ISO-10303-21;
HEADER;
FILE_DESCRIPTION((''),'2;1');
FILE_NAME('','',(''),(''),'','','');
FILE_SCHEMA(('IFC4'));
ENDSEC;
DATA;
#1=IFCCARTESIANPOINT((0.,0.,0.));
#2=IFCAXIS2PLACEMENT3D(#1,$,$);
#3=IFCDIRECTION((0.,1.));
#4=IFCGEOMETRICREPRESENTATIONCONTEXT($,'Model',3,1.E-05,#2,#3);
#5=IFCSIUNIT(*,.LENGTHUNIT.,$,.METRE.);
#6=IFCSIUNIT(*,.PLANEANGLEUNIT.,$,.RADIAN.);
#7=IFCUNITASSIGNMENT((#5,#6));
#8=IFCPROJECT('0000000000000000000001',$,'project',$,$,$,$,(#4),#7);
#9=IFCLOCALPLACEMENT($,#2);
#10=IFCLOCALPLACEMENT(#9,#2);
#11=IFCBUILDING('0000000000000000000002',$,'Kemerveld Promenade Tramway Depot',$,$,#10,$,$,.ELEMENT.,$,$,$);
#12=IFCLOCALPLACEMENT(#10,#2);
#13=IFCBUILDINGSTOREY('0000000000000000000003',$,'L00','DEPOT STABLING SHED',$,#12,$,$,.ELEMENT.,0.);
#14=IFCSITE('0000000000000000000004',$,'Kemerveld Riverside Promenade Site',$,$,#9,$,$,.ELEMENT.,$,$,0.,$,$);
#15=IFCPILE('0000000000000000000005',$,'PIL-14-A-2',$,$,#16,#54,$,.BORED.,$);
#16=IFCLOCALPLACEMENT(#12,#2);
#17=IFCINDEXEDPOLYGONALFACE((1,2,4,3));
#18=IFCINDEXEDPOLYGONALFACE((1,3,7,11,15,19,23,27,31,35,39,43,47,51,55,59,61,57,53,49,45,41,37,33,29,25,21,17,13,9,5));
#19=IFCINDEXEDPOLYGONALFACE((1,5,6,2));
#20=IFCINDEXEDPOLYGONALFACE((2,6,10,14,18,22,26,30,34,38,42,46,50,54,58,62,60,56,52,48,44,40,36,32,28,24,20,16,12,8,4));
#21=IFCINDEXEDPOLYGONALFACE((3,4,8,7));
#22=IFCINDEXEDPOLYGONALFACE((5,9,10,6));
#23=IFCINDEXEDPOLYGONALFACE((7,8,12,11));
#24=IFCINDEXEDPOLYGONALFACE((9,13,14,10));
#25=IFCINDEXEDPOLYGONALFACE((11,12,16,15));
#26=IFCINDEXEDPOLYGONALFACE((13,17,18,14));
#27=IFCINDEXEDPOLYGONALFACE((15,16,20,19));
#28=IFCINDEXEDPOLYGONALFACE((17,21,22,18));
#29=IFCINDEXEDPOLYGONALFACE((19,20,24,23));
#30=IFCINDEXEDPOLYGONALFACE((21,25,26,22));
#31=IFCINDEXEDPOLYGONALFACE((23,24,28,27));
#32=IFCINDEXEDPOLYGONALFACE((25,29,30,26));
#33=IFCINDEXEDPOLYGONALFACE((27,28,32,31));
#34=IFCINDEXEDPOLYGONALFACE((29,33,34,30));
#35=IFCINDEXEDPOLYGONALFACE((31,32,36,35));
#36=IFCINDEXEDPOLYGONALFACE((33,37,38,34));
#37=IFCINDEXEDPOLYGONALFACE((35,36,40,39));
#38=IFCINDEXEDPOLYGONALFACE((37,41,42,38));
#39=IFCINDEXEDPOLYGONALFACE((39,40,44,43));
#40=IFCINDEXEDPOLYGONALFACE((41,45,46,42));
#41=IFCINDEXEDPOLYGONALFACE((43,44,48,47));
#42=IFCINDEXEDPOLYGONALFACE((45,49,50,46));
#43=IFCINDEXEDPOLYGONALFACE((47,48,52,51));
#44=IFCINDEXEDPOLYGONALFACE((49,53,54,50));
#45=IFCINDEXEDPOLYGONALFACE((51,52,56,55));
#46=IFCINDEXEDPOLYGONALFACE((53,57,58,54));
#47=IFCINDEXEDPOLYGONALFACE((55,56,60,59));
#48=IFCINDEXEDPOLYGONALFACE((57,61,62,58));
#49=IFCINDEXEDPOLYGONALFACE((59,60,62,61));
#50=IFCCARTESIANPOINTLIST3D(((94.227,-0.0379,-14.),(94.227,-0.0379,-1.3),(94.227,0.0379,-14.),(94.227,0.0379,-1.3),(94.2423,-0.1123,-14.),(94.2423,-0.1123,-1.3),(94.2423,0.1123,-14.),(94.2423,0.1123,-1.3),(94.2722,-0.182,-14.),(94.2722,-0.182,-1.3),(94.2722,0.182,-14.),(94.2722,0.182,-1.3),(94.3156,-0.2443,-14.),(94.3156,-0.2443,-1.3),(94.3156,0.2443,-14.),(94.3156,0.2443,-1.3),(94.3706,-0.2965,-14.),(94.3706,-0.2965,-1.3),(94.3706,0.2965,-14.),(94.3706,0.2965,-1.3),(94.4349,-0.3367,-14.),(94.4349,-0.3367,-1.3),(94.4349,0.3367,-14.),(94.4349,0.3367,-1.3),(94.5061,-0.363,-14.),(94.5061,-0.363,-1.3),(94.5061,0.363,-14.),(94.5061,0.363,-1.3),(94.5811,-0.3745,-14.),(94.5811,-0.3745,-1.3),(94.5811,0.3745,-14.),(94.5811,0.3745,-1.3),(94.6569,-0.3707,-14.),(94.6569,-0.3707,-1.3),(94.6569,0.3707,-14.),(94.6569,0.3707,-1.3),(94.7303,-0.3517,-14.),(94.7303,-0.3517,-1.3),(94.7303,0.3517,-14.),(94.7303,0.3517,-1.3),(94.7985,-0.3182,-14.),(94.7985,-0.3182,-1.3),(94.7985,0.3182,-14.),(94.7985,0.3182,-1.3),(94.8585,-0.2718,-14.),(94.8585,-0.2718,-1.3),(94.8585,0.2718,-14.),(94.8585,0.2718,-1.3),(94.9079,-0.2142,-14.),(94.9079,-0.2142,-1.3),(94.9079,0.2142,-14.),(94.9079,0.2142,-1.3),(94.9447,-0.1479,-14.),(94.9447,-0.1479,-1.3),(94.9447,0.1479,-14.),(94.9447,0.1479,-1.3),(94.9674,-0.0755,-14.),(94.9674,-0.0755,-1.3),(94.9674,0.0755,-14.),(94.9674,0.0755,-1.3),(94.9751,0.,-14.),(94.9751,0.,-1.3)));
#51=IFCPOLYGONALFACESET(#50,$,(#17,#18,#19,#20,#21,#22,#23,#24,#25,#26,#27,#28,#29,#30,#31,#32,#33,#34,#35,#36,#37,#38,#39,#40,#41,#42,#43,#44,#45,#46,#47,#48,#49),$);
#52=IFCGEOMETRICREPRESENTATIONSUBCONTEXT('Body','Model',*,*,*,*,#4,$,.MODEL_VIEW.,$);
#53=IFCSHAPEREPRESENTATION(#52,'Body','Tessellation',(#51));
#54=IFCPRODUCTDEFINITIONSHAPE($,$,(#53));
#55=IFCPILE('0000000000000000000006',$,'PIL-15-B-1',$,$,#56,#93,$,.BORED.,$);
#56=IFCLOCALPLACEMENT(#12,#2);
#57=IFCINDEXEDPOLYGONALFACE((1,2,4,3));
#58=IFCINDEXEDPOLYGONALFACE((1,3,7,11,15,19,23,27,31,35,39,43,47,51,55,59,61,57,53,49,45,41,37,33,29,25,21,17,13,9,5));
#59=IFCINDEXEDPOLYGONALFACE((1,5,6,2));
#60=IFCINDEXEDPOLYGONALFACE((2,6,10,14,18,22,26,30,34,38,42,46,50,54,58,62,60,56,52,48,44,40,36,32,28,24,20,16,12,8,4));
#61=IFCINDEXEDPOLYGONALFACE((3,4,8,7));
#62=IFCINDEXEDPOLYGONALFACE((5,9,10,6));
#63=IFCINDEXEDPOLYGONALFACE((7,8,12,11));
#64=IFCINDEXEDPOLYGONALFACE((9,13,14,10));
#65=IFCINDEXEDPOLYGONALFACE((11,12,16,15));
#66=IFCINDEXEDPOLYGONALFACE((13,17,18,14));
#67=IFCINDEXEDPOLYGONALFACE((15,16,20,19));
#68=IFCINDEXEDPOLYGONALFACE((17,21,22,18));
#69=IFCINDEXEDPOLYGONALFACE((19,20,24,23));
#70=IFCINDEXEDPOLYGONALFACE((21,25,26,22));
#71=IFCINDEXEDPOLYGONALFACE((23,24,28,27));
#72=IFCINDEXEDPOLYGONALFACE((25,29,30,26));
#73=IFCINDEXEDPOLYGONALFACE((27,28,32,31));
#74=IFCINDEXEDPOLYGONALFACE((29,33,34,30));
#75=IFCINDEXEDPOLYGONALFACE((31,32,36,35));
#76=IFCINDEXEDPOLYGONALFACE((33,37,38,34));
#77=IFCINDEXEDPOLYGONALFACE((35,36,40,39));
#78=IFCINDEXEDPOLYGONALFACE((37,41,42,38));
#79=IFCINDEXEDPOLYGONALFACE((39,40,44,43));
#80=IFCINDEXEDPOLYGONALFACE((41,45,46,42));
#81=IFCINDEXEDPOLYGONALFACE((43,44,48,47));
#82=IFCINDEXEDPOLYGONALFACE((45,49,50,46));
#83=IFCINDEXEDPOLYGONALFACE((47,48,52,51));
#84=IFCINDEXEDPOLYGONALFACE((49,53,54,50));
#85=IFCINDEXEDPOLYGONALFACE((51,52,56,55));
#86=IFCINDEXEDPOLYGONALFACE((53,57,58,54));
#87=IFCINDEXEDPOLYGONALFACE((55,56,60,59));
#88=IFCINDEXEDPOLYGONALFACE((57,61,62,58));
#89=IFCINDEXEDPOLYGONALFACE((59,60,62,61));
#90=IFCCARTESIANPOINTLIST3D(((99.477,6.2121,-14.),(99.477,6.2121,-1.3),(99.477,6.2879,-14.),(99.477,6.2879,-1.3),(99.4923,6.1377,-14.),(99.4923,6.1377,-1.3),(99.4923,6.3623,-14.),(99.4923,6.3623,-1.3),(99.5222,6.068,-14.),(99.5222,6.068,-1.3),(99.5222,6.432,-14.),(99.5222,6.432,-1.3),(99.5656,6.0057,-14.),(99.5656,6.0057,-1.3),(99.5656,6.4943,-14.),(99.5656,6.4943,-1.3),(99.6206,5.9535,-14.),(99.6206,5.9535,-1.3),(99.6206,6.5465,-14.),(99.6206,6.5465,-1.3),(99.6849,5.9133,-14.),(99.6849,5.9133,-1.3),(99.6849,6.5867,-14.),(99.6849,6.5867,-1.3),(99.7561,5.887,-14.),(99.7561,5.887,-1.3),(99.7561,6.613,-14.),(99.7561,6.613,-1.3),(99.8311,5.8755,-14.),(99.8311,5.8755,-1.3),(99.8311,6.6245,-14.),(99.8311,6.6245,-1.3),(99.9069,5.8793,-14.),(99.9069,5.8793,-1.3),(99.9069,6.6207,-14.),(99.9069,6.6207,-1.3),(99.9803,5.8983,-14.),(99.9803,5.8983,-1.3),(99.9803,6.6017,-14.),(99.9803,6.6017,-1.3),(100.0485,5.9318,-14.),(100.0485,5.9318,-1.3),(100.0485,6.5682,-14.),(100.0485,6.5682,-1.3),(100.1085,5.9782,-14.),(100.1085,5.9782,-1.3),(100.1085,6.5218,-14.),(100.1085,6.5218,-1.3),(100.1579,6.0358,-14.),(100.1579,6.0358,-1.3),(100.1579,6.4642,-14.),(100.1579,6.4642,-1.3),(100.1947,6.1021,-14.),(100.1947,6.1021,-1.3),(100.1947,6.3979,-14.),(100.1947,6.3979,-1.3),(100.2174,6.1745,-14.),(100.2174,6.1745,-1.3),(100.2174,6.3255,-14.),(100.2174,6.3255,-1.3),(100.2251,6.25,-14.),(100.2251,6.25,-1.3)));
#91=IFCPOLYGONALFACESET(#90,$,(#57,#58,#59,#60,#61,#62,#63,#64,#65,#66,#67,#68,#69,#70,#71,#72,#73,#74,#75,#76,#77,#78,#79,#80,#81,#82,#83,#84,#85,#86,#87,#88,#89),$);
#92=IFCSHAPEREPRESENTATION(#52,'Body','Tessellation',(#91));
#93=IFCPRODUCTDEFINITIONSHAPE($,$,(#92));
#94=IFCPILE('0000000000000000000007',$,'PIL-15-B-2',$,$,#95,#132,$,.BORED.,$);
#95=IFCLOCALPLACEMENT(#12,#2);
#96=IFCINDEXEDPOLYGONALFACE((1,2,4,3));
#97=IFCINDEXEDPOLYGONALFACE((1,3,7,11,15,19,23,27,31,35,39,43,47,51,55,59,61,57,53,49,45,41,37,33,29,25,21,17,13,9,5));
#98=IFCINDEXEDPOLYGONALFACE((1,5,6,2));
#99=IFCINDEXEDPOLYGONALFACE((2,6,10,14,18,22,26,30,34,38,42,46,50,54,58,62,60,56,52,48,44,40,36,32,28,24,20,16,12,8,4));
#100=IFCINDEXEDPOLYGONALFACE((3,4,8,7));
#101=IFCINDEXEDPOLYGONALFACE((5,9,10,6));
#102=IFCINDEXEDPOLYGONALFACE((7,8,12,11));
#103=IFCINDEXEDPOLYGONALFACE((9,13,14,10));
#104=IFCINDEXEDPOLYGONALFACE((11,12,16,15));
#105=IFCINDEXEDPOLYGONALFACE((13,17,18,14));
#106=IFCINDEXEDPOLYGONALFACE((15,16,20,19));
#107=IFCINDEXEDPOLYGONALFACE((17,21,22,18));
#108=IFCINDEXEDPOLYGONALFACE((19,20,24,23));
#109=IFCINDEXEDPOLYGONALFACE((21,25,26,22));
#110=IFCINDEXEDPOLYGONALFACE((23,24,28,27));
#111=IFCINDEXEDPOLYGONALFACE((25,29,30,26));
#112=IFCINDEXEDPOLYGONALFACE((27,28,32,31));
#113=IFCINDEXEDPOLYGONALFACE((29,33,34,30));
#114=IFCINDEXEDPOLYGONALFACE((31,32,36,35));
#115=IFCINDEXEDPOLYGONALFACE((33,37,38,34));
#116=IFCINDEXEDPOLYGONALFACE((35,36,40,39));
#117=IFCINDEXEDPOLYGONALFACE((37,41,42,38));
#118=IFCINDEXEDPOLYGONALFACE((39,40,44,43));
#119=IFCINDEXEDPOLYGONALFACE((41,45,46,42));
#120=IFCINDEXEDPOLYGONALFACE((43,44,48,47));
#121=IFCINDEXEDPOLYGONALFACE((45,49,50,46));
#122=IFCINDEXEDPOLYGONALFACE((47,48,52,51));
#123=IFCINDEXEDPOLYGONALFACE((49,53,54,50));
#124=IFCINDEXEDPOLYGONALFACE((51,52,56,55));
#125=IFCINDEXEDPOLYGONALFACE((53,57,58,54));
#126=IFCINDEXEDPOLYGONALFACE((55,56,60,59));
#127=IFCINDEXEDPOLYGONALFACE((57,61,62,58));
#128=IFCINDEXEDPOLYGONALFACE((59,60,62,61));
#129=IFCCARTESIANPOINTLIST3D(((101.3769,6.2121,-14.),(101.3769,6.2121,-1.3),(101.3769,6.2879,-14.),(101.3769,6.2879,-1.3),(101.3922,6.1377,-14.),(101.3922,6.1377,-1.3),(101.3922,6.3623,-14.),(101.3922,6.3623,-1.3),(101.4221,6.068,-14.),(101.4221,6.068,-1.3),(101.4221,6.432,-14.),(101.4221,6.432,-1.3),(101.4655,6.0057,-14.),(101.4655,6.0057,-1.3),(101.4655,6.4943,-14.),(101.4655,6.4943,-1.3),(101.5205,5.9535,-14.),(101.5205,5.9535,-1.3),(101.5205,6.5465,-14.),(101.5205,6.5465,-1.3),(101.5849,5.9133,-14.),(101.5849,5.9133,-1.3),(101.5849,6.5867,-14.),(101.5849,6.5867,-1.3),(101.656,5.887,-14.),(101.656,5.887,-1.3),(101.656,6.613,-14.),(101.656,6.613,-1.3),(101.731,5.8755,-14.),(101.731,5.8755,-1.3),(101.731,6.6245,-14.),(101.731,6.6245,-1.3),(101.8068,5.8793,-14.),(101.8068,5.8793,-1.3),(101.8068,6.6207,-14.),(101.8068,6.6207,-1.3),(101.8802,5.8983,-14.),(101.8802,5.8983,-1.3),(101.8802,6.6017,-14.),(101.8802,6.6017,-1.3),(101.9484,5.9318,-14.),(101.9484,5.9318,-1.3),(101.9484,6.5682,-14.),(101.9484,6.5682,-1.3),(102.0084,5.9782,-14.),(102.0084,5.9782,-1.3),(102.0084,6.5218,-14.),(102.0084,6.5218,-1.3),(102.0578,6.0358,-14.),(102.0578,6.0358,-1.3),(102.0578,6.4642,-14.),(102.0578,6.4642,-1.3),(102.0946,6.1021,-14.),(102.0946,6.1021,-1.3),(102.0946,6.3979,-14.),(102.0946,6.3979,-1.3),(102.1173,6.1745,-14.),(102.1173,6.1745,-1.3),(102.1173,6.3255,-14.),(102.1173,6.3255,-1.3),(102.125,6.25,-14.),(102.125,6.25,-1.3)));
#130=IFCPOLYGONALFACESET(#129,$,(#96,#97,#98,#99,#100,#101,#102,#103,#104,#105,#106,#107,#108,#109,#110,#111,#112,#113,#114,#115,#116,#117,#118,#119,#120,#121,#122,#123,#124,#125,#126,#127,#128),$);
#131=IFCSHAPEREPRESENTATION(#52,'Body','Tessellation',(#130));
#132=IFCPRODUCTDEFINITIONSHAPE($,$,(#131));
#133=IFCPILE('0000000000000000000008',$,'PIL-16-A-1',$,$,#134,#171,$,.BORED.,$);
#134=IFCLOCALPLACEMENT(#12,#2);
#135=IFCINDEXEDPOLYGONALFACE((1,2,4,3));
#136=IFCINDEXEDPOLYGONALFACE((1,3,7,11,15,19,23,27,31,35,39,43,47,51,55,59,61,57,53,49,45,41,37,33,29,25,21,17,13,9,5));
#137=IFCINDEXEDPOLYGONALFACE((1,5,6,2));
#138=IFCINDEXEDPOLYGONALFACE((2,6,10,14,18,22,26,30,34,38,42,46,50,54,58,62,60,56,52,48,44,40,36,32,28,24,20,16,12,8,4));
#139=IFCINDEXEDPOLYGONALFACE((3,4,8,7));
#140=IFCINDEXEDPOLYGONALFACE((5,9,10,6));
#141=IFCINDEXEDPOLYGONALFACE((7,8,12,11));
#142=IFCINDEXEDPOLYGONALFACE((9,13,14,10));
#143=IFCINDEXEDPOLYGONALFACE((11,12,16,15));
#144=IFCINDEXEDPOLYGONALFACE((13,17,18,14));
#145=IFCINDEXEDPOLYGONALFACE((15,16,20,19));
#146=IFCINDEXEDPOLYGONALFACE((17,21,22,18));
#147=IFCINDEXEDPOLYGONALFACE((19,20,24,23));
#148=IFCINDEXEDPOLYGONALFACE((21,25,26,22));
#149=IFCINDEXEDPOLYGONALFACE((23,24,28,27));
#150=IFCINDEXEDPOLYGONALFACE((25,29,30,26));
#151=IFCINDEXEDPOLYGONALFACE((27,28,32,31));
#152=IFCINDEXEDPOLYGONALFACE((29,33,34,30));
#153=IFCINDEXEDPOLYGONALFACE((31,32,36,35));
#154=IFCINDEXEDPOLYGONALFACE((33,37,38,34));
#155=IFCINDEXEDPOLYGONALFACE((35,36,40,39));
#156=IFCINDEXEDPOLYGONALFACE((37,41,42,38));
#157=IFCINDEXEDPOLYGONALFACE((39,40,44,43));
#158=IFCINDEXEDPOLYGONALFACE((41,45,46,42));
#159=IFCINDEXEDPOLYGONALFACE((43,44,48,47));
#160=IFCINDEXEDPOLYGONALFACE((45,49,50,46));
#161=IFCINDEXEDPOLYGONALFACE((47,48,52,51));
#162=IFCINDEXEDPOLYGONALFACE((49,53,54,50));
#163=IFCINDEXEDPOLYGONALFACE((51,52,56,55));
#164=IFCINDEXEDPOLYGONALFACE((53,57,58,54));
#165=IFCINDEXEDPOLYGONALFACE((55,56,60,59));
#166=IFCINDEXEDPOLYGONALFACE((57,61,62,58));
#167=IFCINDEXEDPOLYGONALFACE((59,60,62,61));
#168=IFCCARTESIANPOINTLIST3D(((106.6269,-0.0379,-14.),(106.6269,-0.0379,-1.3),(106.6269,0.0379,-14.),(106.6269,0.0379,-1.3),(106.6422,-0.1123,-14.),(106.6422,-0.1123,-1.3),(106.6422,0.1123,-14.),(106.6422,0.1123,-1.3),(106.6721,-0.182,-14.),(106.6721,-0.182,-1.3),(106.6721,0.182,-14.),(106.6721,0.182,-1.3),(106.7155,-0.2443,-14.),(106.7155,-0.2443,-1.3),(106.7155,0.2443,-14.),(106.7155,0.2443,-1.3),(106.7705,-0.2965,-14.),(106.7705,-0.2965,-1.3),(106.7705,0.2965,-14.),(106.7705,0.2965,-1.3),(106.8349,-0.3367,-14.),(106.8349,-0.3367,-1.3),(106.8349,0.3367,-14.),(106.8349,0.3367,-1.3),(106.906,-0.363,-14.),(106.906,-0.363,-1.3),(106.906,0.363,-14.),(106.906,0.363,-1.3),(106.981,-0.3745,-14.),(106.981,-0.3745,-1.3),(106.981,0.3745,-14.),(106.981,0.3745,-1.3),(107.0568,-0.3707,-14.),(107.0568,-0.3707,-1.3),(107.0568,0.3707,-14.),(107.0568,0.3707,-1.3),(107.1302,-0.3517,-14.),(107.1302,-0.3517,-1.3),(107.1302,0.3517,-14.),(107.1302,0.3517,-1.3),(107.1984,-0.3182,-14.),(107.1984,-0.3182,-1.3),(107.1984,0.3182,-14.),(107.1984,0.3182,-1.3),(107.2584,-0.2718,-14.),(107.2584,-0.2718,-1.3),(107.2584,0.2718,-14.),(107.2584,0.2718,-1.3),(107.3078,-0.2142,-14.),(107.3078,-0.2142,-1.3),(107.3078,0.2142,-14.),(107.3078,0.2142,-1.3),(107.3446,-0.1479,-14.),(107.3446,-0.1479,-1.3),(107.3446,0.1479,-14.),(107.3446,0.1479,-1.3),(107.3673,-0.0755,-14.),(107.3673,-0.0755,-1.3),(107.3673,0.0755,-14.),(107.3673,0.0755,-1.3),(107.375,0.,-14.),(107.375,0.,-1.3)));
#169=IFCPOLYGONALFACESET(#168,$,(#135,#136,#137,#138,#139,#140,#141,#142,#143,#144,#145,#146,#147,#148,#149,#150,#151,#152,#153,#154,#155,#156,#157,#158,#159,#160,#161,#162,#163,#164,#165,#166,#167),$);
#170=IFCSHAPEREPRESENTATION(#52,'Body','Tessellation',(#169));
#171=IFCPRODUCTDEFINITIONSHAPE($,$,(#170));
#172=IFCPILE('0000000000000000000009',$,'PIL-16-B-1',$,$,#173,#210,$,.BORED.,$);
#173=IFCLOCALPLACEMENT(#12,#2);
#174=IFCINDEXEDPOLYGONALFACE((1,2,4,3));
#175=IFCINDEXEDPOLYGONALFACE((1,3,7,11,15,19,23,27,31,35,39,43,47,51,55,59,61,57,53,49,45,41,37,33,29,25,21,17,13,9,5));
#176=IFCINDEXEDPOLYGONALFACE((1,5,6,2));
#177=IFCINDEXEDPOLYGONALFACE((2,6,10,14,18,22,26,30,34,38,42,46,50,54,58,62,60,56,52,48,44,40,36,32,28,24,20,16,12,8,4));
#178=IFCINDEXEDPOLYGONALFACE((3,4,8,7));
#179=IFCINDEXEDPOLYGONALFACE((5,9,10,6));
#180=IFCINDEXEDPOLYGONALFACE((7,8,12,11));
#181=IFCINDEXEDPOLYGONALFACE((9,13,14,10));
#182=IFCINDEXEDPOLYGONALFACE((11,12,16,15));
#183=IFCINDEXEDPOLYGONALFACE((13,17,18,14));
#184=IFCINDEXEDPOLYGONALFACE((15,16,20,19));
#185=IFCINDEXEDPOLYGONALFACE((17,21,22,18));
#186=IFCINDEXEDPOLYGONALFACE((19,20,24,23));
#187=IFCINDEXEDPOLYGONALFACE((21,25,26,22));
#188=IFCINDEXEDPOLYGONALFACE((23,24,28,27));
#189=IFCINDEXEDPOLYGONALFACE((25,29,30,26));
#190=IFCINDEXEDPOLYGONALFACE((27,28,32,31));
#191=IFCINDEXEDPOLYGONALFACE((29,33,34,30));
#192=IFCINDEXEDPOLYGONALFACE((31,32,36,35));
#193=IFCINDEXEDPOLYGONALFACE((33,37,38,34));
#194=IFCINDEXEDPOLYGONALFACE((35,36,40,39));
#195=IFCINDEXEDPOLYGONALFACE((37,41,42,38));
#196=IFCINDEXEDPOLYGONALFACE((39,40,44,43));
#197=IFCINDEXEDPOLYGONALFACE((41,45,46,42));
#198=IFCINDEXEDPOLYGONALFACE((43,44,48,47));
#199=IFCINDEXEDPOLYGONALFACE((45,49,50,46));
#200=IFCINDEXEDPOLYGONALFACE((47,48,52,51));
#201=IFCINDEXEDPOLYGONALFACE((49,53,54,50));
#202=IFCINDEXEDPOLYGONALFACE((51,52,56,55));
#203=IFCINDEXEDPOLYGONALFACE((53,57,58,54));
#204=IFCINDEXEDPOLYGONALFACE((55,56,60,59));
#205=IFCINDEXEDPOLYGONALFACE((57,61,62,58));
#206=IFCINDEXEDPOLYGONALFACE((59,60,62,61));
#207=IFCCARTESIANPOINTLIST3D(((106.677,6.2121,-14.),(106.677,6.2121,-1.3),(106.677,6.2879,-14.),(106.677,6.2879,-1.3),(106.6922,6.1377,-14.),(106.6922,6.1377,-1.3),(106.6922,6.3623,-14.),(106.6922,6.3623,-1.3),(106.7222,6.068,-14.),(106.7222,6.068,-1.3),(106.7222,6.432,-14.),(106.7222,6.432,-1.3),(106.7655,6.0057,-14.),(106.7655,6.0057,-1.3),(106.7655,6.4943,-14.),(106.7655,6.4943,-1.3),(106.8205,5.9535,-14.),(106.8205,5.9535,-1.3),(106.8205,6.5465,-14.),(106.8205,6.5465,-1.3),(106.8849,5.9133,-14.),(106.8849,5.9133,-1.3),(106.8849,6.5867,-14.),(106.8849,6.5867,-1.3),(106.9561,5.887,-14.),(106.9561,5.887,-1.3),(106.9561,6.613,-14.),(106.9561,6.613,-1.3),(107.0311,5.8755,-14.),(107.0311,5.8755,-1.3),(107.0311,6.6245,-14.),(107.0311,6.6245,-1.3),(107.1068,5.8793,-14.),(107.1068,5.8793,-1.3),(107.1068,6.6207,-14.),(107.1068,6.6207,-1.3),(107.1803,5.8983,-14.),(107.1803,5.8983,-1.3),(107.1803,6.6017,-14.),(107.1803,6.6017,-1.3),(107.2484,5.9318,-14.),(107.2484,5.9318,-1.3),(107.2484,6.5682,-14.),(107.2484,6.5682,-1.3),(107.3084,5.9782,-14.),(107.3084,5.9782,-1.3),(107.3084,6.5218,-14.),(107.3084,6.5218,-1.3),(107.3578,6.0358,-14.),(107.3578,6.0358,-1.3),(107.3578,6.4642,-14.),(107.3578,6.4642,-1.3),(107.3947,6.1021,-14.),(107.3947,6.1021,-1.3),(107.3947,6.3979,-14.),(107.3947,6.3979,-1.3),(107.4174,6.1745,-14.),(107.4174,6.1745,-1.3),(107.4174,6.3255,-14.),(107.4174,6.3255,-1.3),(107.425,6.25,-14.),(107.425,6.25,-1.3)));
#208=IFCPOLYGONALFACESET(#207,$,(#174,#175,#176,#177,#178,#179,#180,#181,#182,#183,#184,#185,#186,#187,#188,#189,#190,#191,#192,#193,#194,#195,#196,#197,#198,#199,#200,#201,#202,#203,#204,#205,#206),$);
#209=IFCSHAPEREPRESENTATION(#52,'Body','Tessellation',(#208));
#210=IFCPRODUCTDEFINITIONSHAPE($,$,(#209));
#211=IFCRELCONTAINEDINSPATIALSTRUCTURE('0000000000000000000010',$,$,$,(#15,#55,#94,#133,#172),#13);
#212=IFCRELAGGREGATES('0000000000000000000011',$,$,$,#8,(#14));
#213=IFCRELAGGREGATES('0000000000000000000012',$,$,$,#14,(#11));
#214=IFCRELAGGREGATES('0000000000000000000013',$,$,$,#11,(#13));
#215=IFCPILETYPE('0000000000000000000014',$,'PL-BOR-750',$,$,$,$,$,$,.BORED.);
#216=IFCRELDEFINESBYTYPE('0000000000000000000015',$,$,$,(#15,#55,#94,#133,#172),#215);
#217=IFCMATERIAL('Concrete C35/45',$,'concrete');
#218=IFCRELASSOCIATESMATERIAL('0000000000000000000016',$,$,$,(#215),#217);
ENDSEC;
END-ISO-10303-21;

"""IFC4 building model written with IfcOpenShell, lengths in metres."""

from ifc_helpers import new_model, si_unit, direction, frame, origin, origin_2d, place, context, subcontext, project, spatial, circle, extrude, material, material_profile, profile_set, type_object, element, save


model = new_model("IFC4")

# Units and contexts
model_context = context("Model", 3, precision=1e-05, world=origin(), true_north=direction((0.0, 1.0)))
body_context = subcontext(model_context, "Body", "Model", "MODEL_VIEW")
ifc_project = project(units=[si_unit("LENGTHUNIT", "METRE"), si_unit("PLANEANGLEUNIT", "RADIAN")], contexts=[model_context])

# Site, building, storey
site_placement = place(None, origin())
site = spatial("IfcSite", under=ifc_project, at=site_placement, Name="Kemerveld Riverside Promenade Site", CompositionType="ELEMENT", RefElevation=0.0)
building_placement = place(site_placement, origin())
building = spatial("IfcBuilding", under=site, at=building_placement, Name="Kemerveld Promenade Tramway Depot", CompositionType="ELEMENT")
storey_placement = place(building_placement, origin())
storey = spatial("IfcBuildingStorey", under=building, at=storey_placement, Name="L00", Description="DEPOT STABLING SHED", CompositionType="ELEMENT", Elevation=0.0)

# Shared definitions
ifc_material_1 = material(Name="Concrete C35/45", Category="concrete")

# Piles
ifc_material_profile_1 = material_profile(ifc_material_1, circle(Radius=0.375, at=origin_2d()), Name="PILE-D750")
ifc_profile_set_1 = profile_set([ifc_material_profile_1], Name="Concrete C35/45")
pile_type_1 = type_object("IfcPileType", Name="PL-BOR-750", PredefinedType="BORED", material=ifc_profile_set_1)
for number, where, z_axis, x_axis, name in (
    (1, (94.6001, 0.0, -1.3), (0.0, 0.0, -1.0), (1.0, 0.0, 0.0), "PIL-14-A-2"),
    (2, (99.8501, 6.25, -1.3), (0.0, 0.0, -1.0), (1.0, 0.0, 0.0), "PIL-15-B-1"),
    (3, (101.75, 6.25, -1.3), (0.0, 0.0, -1.0), (1.0, 0.0, 0.0), "PIL-15-B-2"),
    (4, (107.0, 0.0, -1.3), (0.0, 0.0, -1.0), (1.0, 0.0, 0.0), "PIL-16-A-1"),
    (5, (107.05, 6.25, -1.3), (0.0, 0.0, -1.0), (1.0, 0.0, 0.0), "PIL-16-B-1"),
):
    element("IfcPile", number, at=place(storey_placement, frame(where, z_axis=z_axis, x_axis=x_axis)), inside=storey, type_object=pile_type_1, Name=name, PredefinedType="BORED", context=body_context, shape_type="SweptSolid", body=[
        extrude(circle(Radius=0.375, at=origin_2d()), origin(), (0.0, 0.0, 1.0), 12.7),
    ])

save(model, "model.ifc")
